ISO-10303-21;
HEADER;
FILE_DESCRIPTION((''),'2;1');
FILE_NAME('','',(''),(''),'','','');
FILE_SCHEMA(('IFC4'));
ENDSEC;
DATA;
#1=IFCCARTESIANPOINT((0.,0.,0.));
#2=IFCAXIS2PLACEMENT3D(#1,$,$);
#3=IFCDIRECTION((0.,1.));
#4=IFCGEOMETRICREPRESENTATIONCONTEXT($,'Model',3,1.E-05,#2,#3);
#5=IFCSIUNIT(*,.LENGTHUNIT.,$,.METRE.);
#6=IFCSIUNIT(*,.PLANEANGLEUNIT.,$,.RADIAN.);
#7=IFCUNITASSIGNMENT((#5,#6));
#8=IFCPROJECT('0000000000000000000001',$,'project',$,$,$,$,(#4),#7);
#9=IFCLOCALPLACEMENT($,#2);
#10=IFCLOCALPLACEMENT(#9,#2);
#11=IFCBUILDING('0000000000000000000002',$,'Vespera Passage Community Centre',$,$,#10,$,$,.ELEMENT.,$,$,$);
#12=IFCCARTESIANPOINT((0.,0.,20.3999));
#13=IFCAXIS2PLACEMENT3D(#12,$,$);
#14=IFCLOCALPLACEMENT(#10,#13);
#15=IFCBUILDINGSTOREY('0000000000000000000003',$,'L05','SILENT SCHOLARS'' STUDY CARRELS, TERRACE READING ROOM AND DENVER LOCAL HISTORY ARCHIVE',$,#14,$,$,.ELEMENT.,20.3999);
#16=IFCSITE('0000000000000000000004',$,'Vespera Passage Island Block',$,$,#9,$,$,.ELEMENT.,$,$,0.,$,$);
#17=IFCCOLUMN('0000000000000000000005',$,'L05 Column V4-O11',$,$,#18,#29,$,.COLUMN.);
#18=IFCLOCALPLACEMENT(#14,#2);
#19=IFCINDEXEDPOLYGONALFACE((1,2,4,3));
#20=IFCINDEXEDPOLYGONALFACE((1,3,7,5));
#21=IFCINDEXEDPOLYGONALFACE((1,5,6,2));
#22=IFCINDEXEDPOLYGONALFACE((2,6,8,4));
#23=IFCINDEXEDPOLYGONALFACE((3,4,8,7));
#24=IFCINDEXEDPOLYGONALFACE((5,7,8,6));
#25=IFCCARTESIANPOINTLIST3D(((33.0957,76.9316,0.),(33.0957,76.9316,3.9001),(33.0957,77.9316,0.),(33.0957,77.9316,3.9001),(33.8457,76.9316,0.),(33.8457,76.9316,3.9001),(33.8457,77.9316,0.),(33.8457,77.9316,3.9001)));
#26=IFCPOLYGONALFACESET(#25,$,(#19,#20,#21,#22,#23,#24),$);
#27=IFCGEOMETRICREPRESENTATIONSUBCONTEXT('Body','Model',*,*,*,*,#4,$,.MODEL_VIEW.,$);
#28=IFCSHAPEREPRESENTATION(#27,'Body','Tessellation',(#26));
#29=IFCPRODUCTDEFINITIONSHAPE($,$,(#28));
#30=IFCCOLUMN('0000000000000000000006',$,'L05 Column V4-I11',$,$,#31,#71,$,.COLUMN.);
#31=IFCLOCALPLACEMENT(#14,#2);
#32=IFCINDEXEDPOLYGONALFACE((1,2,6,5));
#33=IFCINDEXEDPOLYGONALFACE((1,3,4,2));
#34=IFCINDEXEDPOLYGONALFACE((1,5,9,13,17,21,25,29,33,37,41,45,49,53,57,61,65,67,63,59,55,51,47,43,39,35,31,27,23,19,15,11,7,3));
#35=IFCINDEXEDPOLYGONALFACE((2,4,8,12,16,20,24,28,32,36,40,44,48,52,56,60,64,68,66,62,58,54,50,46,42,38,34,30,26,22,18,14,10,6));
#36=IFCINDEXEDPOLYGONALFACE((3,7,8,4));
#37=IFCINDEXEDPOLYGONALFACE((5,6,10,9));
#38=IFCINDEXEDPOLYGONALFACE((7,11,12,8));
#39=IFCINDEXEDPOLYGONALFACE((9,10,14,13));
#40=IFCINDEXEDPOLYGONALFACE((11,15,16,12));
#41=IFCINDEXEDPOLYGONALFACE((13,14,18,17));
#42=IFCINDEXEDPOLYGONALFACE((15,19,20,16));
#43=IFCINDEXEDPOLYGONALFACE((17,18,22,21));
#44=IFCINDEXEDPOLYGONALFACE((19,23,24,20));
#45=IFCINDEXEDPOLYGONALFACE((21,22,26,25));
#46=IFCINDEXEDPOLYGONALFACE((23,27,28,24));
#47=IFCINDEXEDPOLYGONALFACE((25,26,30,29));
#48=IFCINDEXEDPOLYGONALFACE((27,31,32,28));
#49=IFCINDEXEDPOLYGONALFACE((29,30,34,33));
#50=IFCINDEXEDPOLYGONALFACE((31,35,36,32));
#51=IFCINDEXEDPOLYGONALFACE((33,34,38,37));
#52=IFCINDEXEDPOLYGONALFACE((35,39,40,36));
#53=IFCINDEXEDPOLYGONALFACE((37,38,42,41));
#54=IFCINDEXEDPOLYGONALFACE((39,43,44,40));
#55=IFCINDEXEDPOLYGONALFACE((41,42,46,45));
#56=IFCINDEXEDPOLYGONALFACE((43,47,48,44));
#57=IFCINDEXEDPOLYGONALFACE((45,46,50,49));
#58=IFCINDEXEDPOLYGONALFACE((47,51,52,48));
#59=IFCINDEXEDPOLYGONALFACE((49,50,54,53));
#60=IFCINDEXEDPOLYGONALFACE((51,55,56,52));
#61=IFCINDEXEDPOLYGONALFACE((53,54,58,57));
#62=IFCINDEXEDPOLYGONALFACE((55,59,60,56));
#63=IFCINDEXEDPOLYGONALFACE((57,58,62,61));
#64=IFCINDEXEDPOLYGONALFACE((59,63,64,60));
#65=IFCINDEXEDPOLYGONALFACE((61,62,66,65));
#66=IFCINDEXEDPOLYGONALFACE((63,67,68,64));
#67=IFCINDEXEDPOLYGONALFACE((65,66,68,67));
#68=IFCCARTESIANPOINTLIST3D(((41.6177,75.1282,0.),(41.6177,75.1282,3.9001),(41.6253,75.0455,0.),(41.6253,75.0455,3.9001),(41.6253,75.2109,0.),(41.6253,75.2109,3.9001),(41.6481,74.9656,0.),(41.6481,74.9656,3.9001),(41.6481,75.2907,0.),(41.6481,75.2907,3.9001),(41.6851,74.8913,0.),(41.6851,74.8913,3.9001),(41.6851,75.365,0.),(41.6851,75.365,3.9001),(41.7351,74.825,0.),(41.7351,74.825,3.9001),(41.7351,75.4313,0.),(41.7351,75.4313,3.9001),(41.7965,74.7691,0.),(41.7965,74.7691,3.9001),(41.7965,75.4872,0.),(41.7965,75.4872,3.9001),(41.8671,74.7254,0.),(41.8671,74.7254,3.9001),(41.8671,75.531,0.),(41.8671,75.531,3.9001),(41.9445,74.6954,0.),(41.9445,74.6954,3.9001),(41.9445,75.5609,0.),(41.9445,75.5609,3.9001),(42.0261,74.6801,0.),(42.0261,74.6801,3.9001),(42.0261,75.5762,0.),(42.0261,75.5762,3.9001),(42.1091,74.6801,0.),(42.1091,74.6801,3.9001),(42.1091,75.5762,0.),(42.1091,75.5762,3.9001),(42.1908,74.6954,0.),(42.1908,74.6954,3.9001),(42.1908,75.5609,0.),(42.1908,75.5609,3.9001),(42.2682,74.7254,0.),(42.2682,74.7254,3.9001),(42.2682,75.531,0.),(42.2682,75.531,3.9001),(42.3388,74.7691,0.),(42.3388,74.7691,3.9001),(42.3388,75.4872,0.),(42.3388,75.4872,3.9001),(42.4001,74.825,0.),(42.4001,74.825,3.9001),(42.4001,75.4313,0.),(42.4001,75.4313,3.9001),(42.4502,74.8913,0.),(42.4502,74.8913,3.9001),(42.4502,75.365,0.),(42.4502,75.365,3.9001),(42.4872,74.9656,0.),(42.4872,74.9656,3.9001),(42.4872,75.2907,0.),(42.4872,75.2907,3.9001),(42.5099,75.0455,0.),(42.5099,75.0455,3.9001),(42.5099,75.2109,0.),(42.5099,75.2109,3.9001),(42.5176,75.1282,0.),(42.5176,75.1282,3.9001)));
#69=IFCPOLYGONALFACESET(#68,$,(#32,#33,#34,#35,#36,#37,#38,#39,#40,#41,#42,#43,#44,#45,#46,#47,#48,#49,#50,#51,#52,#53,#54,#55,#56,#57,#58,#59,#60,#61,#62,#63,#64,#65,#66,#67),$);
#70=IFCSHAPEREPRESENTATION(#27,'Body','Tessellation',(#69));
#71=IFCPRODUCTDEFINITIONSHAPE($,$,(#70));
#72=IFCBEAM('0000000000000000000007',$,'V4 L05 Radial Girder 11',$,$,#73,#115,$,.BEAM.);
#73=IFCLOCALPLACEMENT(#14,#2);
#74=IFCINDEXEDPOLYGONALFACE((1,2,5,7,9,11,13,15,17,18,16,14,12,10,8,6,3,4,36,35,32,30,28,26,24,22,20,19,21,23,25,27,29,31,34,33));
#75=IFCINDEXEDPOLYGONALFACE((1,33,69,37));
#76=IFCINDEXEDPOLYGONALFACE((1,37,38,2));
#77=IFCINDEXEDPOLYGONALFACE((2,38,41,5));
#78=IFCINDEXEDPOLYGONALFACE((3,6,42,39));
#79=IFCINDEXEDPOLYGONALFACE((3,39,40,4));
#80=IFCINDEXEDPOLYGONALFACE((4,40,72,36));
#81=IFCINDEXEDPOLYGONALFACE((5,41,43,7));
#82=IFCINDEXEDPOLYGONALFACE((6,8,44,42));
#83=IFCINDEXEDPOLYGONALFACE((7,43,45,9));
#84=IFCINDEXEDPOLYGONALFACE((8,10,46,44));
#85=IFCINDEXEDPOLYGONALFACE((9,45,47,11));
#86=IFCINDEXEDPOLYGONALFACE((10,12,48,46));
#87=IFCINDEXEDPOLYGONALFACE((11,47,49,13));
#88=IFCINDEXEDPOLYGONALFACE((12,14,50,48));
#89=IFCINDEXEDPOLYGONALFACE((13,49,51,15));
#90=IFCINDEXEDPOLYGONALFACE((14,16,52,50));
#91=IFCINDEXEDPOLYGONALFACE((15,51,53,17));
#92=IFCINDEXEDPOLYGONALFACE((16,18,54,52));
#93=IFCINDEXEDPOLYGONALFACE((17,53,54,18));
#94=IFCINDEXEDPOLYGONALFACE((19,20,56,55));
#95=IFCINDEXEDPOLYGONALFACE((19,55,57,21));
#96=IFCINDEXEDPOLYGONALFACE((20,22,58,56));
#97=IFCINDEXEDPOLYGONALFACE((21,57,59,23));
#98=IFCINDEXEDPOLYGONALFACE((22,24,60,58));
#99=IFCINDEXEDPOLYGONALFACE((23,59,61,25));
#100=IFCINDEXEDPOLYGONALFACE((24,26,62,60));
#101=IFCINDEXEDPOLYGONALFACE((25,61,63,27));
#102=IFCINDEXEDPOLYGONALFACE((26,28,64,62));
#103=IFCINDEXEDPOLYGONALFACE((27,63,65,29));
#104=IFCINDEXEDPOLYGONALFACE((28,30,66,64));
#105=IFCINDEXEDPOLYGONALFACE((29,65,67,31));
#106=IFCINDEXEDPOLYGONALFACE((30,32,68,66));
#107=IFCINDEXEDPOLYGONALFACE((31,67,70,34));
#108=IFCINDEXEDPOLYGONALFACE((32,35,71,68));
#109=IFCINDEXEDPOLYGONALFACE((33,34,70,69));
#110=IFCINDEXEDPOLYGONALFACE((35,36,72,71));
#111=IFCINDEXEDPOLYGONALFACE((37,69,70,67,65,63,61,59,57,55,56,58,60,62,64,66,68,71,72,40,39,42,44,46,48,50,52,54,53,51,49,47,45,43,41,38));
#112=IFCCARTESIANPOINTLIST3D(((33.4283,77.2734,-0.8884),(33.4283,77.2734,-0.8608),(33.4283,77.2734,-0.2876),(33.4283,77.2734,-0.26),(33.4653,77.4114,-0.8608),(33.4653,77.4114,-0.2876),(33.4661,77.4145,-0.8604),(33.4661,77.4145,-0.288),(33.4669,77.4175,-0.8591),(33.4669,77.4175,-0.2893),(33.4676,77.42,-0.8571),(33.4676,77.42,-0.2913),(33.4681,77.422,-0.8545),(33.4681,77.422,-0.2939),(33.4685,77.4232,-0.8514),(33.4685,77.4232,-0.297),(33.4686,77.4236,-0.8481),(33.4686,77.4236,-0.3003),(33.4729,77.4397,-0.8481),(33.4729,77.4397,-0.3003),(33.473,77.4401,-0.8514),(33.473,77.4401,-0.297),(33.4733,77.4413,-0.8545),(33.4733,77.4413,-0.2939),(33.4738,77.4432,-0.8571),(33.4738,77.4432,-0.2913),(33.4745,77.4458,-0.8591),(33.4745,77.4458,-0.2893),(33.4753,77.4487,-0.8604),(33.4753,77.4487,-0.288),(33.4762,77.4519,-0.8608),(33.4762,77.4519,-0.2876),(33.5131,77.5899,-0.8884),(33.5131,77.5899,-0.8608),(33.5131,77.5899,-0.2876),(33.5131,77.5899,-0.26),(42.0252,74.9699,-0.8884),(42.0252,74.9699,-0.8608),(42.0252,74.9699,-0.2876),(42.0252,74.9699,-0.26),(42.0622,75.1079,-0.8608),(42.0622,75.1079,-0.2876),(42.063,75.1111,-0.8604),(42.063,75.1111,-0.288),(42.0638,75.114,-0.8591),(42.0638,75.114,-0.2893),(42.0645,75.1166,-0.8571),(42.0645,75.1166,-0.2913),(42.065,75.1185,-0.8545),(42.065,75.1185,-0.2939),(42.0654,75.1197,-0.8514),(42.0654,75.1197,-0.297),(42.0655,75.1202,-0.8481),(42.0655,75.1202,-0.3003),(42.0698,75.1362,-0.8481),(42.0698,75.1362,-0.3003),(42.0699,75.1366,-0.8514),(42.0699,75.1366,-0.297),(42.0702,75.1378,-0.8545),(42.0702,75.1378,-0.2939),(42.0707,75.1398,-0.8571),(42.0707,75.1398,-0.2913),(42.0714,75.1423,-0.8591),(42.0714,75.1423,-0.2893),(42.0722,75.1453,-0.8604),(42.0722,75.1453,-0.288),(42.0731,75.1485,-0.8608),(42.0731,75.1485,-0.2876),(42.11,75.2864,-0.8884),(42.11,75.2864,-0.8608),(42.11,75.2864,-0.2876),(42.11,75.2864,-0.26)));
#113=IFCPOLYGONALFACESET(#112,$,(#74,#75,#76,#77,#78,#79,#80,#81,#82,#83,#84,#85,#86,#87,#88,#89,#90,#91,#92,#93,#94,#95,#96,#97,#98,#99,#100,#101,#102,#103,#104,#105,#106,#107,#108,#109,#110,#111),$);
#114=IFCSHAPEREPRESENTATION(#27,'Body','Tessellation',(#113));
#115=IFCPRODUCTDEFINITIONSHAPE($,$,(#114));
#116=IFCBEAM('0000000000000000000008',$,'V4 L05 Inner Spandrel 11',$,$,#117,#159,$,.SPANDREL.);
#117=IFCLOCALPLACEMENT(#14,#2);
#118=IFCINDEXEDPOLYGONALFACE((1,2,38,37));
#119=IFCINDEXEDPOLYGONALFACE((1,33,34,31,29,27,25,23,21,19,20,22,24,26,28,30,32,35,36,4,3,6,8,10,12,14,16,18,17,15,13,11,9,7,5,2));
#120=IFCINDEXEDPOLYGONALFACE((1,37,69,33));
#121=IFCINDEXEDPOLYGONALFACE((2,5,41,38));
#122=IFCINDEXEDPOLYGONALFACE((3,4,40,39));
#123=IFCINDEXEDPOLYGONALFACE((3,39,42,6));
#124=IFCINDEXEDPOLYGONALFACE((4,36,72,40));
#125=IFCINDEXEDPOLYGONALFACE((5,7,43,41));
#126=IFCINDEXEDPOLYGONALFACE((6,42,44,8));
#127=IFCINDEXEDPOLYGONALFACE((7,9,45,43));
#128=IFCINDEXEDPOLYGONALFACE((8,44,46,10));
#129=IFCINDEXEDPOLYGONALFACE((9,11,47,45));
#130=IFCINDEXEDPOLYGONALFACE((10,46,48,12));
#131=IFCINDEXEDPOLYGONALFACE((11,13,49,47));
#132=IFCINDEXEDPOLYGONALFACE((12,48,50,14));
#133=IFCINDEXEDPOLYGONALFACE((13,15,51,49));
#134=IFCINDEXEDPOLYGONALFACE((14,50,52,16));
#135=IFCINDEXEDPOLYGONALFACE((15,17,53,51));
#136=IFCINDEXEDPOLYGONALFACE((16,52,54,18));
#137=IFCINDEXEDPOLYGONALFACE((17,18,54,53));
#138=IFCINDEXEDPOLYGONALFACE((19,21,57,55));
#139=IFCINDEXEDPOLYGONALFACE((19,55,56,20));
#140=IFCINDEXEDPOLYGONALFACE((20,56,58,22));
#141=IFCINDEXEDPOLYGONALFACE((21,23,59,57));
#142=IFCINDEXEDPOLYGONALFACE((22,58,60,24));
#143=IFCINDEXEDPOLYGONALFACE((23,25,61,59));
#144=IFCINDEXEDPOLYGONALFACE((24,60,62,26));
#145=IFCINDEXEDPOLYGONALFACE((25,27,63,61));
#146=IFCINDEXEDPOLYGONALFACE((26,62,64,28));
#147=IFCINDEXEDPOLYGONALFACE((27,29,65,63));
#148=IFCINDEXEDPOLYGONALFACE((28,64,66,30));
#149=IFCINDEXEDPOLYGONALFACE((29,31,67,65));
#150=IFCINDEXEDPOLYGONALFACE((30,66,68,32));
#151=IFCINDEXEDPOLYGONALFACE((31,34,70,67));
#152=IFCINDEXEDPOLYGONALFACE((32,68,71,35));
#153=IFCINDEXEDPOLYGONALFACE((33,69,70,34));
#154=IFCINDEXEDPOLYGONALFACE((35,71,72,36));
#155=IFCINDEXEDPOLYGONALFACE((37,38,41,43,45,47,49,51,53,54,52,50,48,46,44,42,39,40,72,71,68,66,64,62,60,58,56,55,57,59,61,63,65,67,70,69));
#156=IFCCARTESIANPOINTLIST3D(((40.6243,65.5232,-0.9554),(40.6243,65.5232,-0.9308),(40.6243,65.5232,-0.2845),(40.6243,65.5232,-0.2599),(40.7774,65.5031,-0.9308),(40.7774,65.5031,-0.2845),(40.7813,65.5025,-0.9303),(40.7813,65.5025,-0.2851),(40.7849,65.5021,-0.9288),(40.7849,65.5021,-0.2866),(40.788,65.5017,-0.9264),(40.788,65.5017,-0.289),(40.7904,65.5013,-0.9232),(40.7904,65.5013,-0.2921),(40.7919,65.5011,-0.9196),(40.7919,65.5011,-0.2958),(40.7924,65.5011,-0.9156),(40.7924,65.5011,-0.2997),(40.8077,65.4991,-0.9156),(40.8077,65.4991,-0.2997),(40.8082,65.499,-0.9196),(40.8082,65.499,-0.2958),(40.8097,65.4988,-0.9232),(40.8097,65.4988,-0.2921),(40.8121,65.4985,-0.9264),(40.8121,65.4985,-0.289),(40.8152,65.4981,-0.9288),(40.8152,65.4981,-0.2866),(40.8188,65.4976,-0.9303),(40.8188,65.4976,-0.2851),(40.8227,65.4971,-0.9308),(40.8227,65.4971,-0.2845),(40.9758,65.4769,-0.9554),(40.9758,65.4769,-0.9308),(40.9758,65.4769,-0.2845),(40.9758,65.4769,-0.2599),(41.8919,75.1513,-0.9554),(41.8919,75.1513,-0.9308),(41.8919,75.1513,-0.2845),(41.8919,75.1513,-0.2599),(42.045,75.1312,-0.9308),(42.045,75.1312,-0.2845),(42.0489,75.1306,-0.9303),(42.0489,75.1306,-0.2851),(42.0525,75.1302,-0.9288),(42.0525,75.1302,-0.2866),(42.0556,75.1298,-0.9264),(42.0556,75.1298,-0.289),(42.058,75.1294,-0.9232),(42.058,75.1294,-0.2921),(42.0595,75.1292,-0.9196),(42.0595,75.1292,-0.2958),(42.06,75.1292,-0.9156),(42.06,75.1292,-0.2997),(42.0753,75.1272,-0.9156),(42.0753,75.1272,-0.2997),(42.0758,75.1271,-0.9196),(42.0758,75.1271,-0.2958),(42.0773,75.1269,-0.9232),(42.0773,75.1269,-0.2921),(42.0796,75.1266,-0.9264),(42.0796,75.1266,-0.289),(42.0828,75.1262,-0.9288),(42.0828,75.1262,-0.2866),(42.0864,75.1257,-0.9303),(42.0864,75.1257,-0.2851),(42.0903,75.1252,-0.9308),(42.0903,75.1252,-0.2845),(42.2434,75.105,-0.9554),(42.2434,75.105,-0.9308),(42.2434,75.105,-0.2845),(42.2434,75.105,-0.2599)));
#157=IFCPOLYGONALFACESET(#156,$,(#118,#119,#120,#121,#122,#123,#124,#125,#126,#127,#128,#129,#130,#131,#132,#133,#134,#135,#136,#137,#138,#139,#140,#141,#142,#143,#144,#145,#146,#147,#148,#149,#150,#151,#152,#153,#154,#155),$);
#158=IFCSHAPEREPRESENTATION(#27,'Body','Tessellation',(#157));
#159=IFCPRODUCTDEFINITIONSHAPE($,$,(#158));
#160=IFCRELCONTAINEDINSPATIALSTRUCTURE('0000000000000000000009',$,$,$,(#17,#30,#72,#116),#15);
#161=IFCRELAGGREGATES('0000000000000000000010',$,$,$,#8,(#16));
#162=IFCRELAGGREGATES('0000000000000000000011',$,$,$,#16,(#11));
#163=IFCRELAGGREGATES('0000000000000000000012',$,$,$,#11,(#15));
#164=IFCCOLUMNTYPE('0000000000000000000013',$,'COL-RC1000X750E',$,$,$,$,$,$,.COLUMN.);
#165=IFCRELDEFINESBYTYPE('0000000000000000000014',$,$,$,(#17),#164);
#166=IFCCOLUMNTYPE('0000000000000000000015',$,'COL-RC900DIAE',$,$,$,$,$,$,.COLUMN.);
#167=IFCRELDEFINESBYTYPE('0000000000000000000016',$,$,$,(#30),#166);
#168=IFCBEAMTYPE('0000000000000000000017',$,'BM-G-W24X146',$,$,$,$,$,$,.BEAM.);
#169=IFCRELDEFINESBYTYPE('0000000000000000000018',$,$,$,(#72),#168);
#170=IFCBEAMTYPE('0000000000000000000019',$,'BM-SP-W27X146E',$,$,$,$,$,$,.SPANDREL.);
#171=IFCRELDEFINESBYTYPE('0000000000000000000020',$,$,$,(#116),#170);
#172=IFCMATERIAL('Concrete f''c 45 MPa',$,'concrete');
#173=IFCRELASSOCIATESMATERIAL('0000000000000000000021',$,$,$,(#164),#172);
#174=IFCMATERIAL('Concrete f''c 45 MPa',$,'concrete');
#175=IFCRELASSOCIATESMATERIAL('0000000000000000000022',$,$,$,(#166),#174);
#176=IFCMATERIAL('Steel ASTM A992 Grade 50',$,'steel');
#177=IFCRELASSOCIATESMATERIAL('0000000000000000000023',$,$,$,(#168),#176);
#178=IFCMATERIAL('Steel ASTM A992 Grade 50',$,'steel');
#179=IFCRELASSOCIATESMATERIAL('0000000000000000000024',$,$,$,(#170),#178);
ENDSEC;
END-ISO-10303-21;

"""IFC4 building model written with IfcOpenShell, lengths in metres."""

from ifc_helpers import new_model, si_unit, direction, frame, origin, origin_2d, place, context, subcontext, project, spatial, rectangle, circle, i_section, extrude, material, material_profile, profile_set, type_object, element, save


model = new_model("IFC4")

# Units and contexts
model_context = context("Model", 3, precision=1e-05, world=origin(), true_north=direction((0.0, 1.0)))
body_context = subcontext(model_context, "Body", "Model", "MODEL_VIEW")
ifc_project = project(units=[si_unit("LENGTHUNIT", "METRE"), si_unit("PLANEANGLEUNIT", "RADIAN")], contexts=[model_context])

# Site, building, storey
site_placement = place(None, origin())
site = spatial("IfcSite", under=ifc_project, at=site_placement, Name="Vespera Passage Island Block", CompositionType="ELEMENT", RefElevation=0.0)
building_placement = place(site_placement, origin())
building = spatial("IfcBuilding", under=site, at=building_placement, Name="Vespera Passage Community Centre", CompositionType="ELEMENT")
storey_placement = place(building_placement, frame((0.0, 0.0, 20.3999)))
storey = spatial("IfcBuildingStorey", under=building, at=storey_placement, Name="L05", Description="SILENT SCHOLARS' STUDY CARRELS, TERRACE READING ROOM AND DENVER LOCAL HISTORY ARCHIVE", CompositionType="ELEMENT", Elevation=20.3999)

# Columns
ifc_material_1 = material(Name="Concrete f'c 45 MPa", Category="concrete")
ifc_material_profile_1 = material_profile(ifc_material_1, rectangle(XDim=0.75, YDim=1.0, at=origin_2d()), Name="RC1000X750")
ifc_profile_set_1 = profile_set([ifc_material_profile_1], Name="Concrete f'c 45 MPa")
column_type_1 = type_object("IfcColumnType", Name="COL-RC1000X750E", PredefinedType="COLUMN", material=ifc_profile_set_1)
column_1_placement = place(storey_placement, frame((33.4707, 77.4316, 0.0), z_axis=(0.0, 0.0, 1.0), x_axis=(1.0, 0.0, 0.0)))
element("IfcColumn", 1, at=column_1_placement, inside=storey, type_object=column_type_1, Name="L05 Column V4-O11", PredefinedType="COLUMN", context=body_context, shape_type="SweptSolid", body=[
    extrude(rectangle(XDim=0.75, YDim=1.0, at=origin_2d()), origin(), (0.0, 0.0, 1.0), 3.9001),
])
ifc_material_2 = material(Name="Concrete f'c 45 MPa", Category="concrete")
ifc_material_profile_2 = material_profile(ifc_material_2, circle(Radius=0.45, at=origin_2d()), Name="RC900DIA")
ifc_profile_set_2 = profile_set([ifc_material_profile_2], Name="Concrete f'c 45 MPa")
column_type_2 = type_object("IfcColumnType", Name="COL-RC900DIAE", PredefinedType="COLUMN", material=ifc_profile_set_2)
column_2_placement = place(storey_placement, frame((42.0676, 75.1282, 0.0), z_axis=(0.0, 0.0, 1.0), x_axis=(1.0, 0.0, 0.0)))
element("IfcColumn", 2, at=column_2_placement, inside=storey, type_object=column_type_2, Name="L05 Column V4-I11", PredefinedType="COLUMN", context=body_context, shape_type="SweptSolid", body=[
    extrude(circle(Radius=0.45, at=origin_2d()), origin(), (0.0, 0.0, 1.0), 3.9001),
])

# Beams
ifc_material_3 = material(Name="Steel ASTM A992 Grade 50", Category="steel")
ifc_material_profile_3 = material_profile(ifc_material_3, i_section(OverallWidth=0.3276, OverallDepth=0.6284, WebThickness=0.0166, FlangeThickness=0.0276, FilletRadius=0.0127, at=origin_2d()), Name="W24X146")
ifc_profile_set_3 = profile_set([ifc_material_profile_3], Name="Steel ASTM A992 Grade 50")
beam_type_1 = type_object("IfcBeamType", Name="BM-G-W24X146", PredefinedType="BEAM", material=ifc_profile_set_3)
beam_1_placement = place(storey_placement, frame((42.0676, 75.1282, -0.5742), z_axis=(-0.965928, 0.258811, 0.0), x_axis=(-0.258811, -0.965928, 0.0)))
element("IfcBeam", 3, at=beam_1_placement, inside=storey, type_object=beam_type_1, Name="V4 L05 Radial Girder 11", PredefinedType="BEAM", context=body_context, shape_type="SweptSolid", body=[
    extrude(i_section(OverallWidth=0.3276, OverallDepth=0.6284, WebThickness=0.0166, FlangeThickness=0.0276, FilletRadius=0.0127, at=origin_2d()), origin(), (0.0, 0.0, 1.0), 8.9001),
])
ifc_material_4 = material(Name="Steel ASTM A992 Grade 50", Category="steel")
ifc_material_profile_4 = material_profile(ifc_material_4, i_section(OverallWidth=0.3545, OverallDepth=0.6956, WebThickness=0.0154, FlangeThickness=0.0247, FilletRadius=0.0151, at=origin_2d()), Name="W27X146")
ifc_profile_set_4 = profile_set([ifc_material_profile_4], Name="Steel ASTM A992 Grade 50")
beam_type_2 = type_object("IfcBeamType", Name="BM-SP-W27X146E", PredefinedType="SPANDREL", material=ifc_profile_set_4)
beam_2_placement = place(storey_placement, frame((42.0676, 75.1282, -0.6077), z_axis=(-0.130527, -0.991445, 0.0), x_axis=(0.991445, -0.130527, 0.0)))
element("IfcBeam", 4, at=beam_2_placement, inside=storey, type_object=beam_type_2, Name="V4 L05 Inner Spandrel 11", PredefinedType="SPANDREL", context=body_context, shape_type="SweptSolid", body=[
    extrude(i_section(OverallWidth=0.3545, OverallDepth=0.6956, WebThickness=0.0154, FlangeThickness=0.0247, FilletRadius=0.0151, at=origin_2d()), origin(), (0.0, 0.0, 1.0), 9.7112),
])

save(model, "model.ifc")
